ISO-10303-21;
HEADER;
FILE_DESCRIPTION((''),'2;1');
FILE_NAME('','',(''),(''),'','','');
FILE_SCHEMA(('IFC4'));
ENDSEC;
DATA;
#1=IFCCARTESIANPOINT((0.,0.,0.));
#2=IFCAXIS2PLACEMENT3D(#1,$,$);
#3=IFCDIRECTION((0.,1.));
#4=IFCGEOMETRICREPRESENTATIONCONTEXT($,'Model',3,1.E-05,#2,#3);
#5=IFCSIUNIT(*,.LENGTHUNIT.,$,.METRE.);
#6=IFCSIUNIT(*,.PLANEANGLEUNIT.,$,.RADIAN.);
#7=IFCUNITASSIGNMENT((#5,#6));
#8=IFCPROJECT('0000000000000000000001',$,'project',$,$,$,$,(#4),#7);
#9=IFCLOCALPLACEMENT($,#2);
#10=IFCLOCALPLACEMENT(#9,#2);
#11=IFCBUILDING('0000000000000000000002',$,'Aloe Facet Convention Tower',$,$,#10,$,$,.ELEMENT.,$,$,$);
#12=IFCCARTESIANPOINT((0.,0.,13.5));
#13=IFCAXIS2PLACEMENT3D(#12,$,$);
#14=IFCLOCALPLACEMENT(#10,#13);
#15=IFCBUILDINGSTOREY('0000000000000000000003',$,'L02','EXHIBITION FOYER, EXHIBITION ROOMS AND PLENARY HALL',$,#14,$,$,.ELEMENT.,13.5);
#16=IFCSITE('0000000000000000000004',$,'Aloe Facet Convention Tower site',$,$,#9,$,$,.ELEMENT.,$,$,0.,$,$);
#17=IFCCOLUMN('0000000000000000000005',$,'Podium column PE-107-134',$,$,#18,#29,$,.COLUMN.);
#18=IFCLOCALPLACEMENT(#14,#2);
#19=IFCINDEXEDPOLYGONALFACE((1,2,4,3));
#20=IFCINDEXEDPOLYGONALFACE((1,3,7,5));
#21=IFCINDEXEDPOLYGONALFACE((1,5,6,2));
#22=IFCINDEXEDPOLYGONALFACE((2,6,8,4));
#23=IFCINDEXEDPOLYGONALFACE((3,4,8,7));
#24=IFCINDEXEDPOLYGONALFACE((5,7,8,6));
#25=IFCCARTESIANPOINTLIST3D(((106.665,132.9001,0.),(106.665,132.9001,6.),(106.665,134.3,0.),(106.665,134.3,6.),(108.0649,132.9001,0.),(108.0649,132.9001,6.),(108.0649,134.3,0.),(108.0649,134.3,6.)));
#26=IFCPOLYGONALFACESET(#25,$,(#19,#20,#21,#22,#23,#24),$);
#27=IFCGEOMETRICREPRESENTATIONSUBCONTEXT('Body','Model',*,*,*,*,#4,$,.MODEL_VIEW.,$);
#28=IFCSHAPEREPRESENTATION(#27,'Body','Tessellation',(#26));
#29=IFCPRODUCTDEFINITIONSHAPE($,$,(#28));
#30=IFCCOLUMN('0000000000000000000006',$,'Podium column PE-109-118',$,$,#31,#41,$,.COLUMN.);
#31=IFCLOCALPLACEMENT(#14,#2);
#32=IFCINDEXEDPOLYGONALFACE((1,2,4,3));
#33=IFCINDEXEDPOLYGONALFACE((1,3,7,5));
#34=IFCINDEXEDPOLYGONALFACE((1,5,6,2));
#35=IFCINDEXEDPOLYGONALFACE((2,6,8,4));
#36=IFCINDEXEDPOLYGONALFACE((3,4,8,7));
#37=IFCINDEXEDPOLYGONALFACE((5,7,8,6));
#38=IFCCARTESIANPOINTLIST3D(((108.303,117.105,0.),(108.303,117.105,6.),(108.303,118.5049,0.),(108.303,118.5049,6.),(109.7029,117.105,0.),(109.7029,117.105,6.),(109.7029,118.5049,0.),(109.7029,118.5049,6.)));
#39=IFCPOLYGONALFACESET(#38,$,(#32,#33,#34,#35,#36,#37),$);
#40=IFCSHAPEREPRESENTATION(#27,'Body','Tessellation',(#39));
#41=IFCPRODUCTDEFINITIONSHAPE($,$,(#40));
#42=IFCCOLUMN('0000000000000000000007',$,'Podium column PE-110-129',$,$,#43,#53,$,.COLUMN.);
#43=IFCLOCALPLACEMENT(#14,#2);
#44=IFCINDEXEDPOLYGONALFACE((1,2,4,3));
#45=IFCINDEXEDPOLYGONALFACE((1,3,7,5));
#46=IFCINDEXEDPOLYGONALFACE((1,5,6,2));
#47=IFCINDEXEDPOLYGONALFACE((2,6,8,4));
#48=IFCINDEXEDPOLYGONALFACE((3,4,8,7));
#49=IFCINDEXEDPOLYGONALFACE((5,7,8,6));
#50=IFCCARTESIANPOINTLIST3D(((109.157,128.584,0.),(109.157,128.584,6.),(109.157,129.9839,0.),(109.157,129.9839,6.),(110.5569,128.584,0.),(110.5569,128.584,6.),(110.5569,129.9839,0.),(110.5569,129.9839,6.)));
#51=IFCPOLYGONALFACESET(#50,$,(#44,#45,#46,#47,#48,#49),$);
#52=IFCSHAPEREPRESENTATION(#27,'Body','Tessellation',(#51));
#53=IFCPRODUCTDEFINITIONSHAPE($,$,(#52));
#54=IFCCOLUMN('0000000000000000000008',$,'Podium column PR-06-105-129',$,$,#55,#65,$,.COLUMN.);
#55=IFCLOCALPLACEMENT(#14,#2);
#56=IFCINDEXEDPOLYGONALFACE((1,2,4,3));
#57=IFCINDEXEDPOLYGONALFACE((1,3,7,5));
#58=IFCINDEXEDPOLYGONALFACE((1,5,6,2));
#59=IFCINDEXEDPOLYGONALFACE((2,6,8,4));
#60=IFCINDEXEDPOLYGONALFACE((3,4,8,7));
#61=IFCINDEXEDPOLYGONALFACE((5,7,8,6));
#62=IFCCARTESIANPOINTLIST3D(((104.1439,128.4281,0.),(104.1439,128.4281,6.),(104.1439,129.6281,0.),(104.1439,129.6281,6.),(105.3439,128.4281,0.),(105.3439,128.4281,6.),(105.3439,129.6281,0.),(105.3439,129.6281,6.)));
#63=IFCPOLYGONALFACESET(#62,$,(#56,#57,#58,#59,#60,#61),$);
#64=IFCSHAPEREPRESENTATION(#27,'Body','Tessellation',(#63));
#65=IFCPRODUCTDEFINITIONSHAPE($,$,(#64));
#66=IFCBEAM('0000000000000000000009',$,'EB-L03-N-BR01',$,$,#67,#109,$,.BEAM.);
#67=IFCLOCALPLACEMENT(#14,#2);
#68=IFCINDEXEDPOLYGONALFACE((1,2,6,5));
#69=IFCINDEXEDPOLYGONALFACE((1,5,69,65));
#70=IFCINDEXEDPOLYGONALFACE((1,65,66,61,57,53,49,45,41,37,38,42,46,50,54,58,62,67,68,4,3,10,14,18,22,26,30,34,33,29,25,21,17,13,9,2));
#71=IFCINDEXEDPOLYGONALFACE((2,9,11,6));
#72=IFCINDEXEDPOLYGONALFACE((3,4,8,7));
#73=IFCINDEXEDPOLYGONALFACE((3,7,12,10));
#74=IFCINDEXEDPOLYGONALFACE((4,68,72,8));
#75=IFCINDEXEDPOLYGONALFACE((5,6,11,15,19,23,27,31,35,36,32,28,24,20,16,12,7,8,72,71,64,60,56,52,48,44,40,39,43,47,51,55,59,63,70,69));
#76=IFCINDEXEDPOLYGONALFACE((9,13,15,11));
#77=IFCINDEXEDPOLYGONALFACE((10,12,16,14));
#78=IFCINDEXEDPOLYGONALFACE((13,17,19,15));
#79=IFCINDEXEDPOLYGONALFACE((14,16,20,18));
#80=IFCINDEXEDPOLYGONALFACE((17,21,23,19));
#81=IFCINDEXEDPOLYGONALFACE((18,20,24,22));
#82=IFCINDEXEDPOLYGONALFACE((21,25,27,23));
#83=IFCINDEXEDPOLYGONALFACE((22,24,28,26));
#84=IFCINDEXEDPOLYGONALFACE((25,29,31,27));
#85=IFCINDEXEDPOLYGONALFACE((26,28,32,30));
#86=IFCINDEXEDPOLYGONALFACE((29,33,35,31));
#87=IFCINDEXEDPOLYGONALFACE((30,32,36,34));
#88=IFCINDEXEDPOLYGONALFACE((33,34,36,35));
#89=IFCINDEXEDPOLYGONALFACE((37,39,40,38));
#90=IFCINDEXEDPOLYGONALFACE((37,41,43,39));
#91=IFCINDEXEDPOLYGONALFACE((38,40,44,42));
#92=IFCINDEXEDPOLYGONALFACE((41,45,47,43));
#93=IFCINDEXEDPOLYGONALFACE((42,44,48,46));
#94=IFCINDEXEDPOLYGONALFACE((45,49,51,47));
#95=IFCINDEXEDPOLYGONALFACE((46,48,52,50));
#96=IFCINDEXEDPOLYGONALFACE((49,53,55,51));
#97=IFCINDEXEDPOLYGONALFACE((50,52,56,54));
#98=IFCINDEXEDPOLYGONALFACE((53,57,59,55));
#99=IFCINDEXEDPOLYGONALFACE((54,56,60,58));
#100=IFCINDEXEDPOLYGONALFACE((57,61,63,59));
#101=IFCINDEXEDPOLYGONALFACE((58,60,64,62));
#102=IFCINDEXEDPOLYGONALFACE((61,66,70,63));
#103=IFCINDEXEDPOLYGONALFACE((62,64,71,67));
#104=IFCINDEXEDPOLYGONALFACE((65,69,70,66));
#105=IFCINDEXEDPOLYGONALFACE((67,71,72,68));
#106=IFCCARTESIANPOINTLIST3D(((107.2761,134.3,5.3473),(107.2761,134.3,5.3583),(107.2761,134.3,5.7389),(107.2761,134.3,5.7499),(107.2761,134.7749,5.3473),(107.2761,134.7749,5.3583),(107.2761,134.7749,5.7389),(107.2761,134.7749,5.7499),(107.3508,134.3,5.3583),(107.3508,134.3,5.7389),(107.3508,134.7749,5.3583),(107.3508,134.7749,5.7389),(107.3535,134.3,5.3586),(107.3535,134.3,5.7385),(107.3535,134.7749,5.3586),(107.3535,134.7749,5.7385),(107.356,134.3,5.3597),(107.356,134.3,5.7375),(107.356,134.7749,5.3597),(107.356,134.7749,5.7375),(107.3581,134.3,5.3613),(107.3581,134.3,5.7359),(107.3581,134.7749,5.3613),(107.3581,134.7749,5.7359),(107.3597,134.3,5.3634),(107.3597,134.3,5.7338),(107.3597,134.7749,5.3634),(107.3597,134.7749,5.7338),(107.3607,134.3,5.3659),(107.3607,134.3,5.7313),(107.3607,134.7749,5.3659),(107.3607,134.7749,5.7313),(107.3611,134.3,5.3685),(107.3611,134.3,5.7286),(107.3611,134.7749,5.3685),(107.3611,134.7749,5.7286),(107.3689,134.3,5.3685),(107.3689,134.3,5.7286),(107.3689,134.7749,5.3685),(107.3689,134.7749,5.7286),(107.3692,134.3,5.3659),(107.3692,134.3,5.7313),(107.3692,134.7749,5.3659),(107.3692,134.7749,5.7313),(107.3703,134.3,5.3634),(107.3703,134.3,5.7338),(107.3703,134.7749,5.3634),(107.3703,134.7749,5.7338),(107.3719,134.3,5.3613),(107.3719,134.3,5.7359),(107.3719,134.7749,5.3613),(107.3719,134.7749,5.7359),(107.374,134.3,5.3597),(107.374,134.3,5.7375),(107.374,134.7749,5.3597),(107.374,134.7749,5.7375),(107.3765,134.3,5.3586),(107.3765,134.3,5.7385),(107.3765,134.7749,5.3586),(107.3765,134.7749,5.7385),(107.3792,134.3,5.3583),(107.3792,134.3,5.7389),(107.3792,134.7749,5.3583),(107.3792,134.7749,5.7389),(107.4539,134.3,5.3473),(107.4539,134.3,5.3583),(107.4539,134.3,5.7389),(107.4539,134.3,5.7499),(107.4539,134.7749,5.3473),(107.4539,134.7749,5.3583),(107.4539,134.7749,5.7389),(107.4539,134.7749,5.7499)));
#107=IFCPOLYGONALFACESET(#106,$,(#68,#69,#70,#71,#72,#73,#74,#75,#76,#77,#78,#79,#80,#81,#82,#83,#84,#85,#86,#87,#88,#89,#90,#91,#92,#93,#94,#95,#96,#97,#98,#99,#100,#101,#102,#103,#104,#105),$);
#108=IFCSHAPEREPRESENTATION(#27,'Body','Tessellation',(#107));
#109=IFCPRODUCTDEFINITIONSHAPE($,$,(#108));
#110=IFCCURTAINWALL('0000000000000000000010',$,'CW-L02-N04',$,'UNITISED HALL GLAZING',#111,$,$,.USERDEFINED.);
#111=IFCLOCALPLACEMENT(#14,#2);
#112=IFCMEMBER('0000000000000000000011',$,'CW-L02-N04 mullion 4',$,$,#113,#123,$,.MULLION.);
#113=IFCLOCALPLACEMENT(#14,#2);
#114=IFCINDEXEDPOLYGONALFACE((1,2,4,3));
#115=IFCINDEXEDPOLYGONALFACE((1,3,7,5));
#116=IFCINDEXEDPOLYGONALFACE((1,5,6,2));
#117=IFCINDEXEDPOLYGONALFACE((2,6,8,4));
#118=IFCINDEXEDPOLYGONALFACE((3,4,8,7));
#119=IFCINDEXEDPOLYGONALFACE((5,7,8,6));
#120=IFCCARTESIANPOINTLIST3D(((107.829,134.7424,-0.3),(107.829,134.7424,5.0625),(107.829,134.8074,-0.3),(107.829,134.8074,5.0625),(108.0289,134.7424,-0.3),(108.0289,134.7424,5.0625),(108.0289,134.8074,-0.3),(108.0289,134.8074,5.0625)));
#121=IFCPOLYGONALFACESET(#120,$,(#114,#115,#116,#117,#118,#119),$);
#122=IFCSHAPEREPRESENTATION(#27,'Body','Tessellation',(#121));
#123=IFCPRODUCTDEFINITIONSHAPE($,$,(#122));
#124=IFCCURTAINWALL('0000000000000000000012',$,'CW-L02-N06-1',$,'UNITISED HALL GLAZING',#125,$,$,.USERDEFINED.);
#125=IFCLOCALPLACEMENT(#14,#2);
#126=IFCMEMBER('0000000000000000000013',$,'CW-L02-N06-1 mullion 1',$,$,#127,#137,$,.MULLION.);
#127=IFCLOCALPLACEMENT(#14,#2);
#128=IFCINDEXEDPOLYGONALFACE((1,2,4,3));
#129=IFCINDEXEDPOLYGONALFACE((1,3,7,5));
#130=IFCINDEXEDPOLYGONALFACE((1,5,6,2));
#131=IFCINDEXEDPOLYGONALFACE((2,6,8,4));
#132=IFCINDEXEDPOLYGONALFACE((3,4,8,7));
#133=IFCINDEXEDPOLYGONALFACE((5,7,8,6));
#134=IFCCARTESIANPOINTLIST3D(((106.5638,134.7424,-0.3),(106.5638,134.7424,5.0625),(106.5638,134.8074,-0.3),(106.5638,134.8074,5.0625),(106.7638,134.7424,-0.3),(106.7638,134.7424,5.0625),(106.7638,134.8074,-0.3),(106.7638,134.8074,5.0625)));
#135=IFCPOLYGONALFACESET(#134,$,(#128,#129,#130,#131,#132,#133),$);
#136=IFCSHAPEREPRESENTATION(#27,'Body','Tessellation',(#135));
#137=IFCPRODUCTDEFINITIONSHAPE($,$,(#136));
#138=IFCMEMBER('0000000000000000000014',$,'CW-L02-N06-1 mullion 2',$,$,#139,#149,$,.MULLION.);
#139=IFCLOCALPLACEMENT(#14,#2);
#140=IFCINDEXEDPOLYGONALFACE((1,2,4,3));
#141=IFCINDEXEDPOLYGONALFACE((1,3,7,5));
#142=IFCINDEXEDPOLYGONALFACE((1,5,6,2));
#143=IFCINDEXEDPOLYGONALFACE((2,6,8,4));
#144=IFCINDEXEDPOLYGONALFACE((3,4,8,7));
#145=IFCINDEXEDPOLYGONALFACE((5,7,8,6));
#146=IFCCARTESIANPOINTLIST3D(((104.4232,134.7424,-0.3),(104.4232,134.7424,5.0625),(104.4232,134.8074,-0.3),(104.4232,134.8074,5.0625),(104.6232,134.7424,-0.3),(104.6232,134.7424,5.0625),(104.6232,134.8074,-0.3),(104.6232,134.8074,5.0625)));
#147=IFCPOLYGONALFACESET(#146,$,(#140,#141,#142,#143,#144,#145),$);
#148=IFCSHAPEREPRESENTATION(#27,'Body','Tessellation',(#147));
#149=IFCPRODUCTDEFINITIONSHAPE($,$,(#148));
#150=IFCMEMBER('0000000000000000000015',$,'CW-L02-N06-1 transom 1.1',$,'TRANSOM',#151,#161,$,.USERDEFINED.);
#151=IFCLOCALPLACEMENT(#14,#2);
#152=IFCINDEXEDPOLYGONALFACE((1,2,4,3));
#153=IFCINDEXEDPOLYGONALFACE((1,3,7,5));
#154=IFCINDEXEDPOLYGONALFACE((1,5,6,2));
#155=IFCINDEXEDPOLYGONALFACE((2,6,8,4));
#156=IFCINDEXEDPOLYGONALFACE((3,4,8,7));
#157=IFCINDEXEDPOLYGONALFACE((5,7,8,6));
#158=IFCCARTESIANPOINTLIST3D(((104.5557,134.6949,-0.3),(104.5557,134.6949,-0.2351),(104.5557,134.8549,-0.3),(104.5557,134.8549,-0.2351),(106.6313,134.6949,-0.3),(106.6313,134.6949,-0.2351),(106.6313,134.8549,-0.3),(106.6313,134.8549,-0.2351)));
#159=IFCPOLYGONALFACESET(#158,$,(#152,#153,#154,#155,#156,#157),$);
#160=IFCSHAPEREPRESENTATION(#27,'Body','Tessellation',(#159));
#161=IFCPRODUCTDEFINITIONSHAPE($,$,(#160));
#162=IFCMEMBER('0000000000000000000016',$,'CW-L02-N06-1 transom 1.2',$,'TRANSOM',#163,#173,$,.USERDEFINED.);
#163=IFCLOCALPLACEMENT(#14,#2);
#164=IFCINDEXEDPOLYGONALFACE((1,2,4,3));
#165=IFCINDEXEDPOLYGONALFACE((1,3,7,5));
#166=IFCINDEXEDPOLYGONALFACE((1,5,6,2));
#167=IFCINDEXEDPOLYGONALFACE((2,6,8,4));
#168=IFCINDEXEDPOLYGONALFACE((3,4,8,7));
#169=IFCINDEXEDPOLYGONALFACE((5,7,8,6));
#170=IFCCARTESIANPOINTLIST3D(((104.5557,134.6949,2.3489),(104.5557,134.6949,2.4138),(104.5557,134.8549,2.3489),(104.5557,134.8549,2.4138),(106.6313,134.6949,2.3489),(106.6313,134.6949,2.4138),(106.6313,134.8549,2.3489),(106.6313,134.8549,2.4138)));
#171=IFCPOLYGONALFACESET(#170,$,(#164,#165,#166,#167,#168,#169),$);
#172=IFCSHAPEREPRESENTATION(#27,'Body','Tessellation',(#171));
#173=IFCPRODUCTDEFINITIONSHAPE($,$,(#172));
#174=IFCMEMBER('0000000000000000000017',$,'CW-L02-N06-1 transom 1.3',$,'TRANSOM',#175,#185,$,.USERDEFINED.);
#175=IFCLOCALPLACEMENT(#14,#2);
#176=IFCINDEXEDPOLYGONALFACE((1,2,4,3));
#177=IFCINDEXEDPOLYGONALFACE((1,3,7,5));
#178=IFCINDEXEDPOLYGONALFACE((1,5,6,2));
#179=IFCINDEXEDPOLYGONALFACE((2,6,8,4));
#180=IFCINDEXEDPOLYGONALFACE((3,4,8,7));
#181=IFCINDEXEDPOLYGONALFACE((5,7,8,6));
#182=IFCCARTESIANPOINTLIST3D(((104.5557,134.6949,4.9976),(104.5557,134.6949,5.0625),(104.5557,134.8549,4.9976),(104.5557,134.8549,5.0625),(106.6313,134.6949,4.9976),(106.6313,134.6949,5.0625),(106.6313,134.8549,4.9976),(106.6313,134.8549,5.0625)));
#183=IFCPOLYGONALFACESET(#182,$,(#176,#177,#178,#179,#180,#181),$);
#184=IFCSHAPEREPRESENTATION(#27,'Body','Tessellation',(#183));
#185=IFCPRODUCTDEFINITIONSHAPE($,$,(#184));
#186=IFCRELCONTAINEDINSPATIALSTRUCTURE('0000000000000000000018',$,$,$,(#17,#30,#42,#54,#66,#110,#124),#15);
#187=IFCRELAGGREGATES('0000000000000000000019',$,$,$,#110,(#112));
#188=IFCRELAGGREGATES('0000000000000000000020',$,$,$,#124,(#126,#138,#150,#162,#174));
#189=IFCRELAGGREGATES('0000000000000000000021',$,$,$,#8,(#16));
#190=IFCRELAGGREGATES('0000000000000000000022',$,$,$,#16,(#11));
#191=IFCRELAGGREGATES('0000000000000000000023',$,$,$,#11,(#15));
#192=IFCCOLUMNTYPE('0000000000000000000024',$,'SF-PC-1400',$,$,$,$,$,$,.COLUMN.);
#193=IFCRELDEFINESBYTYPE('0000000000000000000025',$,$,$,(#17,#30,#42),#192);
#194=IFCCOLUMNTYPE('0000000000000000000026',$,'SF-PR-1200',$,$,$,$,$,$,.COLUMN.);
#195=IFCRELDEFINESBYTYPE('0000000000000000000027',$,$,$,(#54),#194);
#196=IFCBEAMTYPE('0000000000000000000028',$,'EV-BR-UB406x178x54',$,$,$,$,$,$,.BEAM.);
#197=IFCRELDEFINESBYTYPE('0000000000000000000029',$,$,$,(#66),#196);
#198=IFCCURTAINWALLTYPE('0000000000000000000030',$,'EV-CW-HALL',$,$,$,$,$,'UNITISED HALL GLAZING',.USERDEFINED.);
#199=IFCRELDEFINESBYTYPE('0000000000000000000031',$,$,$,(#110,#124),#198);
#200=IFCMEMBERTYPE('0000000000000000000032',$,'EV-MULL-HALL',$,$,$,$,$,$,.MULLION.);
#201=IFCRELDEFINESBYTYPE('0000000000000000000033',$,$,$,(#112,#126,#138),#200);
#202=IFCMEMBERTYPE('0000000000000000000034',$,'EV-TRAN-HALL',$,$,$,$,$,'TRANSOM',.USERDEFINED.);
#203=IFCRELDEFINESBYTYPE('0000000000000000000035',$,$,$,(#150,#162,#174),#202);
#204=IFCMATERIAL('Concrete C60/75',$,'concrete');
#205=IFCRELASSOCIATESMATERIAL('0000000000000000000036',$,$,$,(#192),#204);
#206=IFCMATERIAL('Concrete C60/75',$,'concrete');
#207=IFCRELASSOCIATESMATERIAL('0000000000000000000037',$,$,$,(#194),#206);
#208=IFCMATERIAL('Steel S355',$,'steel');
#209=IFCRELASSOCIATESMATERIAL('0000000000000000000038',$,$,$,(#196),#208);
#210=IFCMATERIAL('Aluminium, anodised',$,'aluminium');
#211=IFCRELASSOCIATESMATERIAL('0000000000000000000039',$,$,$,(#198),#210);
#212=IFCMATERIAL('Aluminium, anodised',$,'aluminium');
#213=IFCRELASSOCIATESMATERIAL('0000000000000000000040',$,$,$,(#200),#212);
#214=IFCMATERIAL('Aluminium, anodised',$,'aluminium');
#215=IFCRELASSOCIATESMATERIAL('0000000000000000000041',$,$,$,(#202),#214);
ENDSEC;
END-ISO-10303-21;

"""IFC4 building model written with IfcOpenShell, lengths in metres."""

from ifc_helpers import new_model, si_unit, direction, frame, origin, origin_2d, place, context, subcontext, project, spatial, rectangle, i_section, extrude, material, material_profile, profile_set, type_object, element, aggregate, save


model = new_model("IFC4")

# Units and contexts
model_context = context("Model", 3, precision=1e-05, world=origin(), true_north=direction((0.0, 1.0)))
body_context = subcontext(model_context, "Body", "Model", "MODEL_VIEW")
ifc_project = project(units=[si_unit("LENGTHUNIT", "METRE"), si_unit("PLANEANGLEUNIT", "RADIAN")], contexts=[model_context])

# Site, building, storey
site_placement = place(None, origin())
site = spatial("IfcSite", under=ifc_project, at=site_placement, Name="Aloe Facet Convention Tower site", CompositionType="ELEMENT", RefElevation=0.0)
building_placement = place(site_placement, origin())
building = spatial("IfcBuilding", under=site, at=building_placement, Name="Aloe Facet Convention Tower", CompositionType="ELEMENT")
storey_placement = place(building_placement, frame((0.0, 0.0, 13.5)))
storey = spatial("IfcBuildingStorey", under=building, at=storey_placement, Name="L02", Description="EXHIBITION FOYER, EXHIBITION ROOMS AND PLENARY HALL", CompositionType="ELEMENT", Elevation=13.5)

# Columns
ifc_material_1 = material(Name="Concrete C60/75", Category="concrete")
ifc_material_profile_1 = material_profile(ifc_material_1, rectangle(XDim=1.3999, YDim=1.3999, at=origin_2d()), Name="SF-PC-1400")
ifc_profile_set_1 = profile_set([ifc_material_profile_1], Name="Concrete C60/75")
column_type_1 = type_object("IfcColumnType", Name="SF-PC-1400", PredefinedType="COLUMN", material=ifc_profile_set_1)
for number, where, z_axis, x_axis, name in (
    (1, (107.365, 133.6001, 0.0), (0.0, 0.0, 1.0), (1.0, 0.0, 0.0), "Podium column PE-107-134"),
    (2, (109.0029, 117.8049, 0.0), (0.0, 0.0, 1.0), (1.0, 0.0, 0.0), "Podium column PE-109-118"),
    (3, (109.8569, 129.2839, 0.0), (0.0, 0.0, 1.0), (1.0, 0.0, 0.0), "Podium column PE-110-129"),
):
    element("IfcColumn", number, at=place(storey_placement, frame(where, z_axis=z_axis, x_axis=x_axis)), inside=storey, type_object=column_type_1, Name=name, PredefinedType="COLUMN", context=body_context, shape_type="SweptSolid", body=[
        extrude(rectangle(XDim=1.3999, YDim=1.3999, at=origin_2d()), origin(), (0.0, 0.0, 1.0), 6.0),
    ])
ifc_material_2 = material(Name="Concrete C60/75", Category="concrete")
ifc_material_profile_2 = material_profile(ifc_material_2, rectangle(XDim=1.2, YDim=1.2, at=origin_2d()), Name="SF-PR-1200")
ifc_profile_set_2 = profile_set([ifc_material_profile_2], Name="Concrete C60/75")
column_type_2 = type_object("IfcColumnType", Name="SF-PR-1200", PredefinedType="COLUMN", material=ifc_profile_set_2)
column_placement = place(storey_placement, frame((104.7439, 129.0281, 0.0), z_axis=(0.0, 0.0, 1.0), x_axis=(1.0, 0.0, 0.0)))
element("IfcColumn", 4, at=column_placement, inside=storey, type_object=column_type_2, Name="Podium column PR-06-105-129", PredefinedType="COLUMN", context=body_context, shape_type="SweptSolid", body=[
    extrude(rectangle(XDim=1.2, YDim=1.2, at=origin_2d()), origin(), (0.0, 0.0, 1.0), 6.0),
])

# Beam
ifc_material_3 = material(Name="Steel S355", Category="steel")
ifc_material_profile_3 = material_profile(ifc_material_3, i_section(OverallWidth=0.1777, OverallDepth=0.4026, WebThickness=0.0078, FlangeThickness=0.011, FilletRadius=0.0103, at=origin_2d()), Name="UB 406x178x54")
ifc_profile_set_3 = profile_set([ifc_material_profile_3], Name="Steel S355")
beam_type_1 = type_object("IfcBeamType", Name="EV-BR-UB406x178x54", PredefinedType="BEAM", material=ifc_profile_set_3)
beam_1_placement = place(storey_placement, frame((107.365, 134.3, 5.5486), z_axis=(0.0, 1.0, 0.0), x_axis=(-1.0, 0.0, 0.0)))
element("IfcBeam", 5, at=beam_1_placement, inside=storey, type_object=beam_type_1, Name="EB-L03-N-BR01", PredefinedType="BEAM", context=body_context, shape_type="SweptSolid", body=[
    extrude(i_section(OverallWidth=0.1777, OverallDepth=0.4026, WebThickness=0.0078, FlangeThickness=0.011, FilletRadius=0.0103, at=origin_2d()), origin(), (0.0, 0.0, 1.0), 0.4749),
])

# Curtain wall, member
ifc_material_4 = material(Name="Aluminium, anodised", Category="aluminium")
curtain_wall_type = type_object("IfcCurtainWallType", Name="EV-CW-HALL", ElementType="UNITISED HALL GLAZING", PredefinedType="USERDEFINED", material=ifc_material_4)
curtain_wall_1_placement = place(storey_placement, origin())
curtain_wall_1 = element("IfcCurtainWall", 6, at=curtain_wall_1_placement, inside=storey, type_object=curtain_wall_type, Name="CW-L02-N04", ObjectType="UNITISED HALL GLAZING", PredefinedType="USERDEFINED")
ifc_material_5 = material(Name="Aluminium, anodised", Category="aluminium")
ifc_material_profile_4 = material_profile(ifc_material_5, rectangle(XDim=0.0649, YDim=0.2, at=origin_2d()), Name="AL 65x200")
ifc_profile_set_4 = profile_set([ifc_material_profile_4], Name="Aluminium, anodised")
member_type_1 = type_object("IfcMemberType", Name="EV-MULL-HALL", PredefinedType="MULLION", material=ifc_profile_set_4)
member_1_placement = place(storey_placement, frame((107.929, 134.7749, -0.3), z_axis=(0.0, 0.0, 1.0), x_axis=(0.0, -1.0, 0.0)))
member_1 = element("IfcMember", 7, at=member_1_placement, type_object=member_type_1, Name="CW-L02-N04 mullion 4", PredefinedType="MULLION", context=body_context, shape_type="SweptSolid", body=[
    extrude(rectangle(XDim=0.0649, YDim=0.2, at=origin_2d()), origin(), (0.0, 0.0, 1.0), 5.3625),
])

# Curtain wall, members
curtain_wall_2_placement = place(storey_placement, origin())
curtain_wall_2 = element("IfcCurtainWall", 8, at=curtain_wall_2_placement, inside=storey, type_object=curtain_wall_type, Name="CW-L02-N06-1", ObjectType="UNITISED HALL GLAZING", PredefinedType="USERDEFINED")
member_2_placement = place(storey_placement, frame((106.6638, 134.7749, -0.3), z_axis=(0.0, 0.0, 1.0), x_axis=(0.0, -1.0, 0.0)))
member_2 = element("IfcMember", 9, at=member_2_placement, type_object=member_type_1, Name="CW-L02-N06-1 mullion 1", PredefinedType="MULLION", context=body_context, shape_type="SweptSolid", body=[
    extrude(rectangle(XDim=0.0649, YDim=0.2, at=origin_2d()), origin(), (0.0, 0.0, 1.0), 5.3625),
])
member_3_placement = place(storey_placement, frame((104.5232, 134.7749, -0.3), z_axis=(0.0, 0.0, 1.0), x_axis=(0.0, -1.0, 0.0)))
member_3 = element("IfcMember", 10, at=member_3_placement, type_object=member_type_1, Name="CW-L02-N06-1 mullion 2", PredefinedType="MULLION", context=body_context, shape_type="SweptSolid", body=[
    extrude(rectangle(XDim=0.0649, YDim=0.2, at=origin_2d()), origin(), (0.0, 0.0, 1.0), 5.3625),
])
ifc_material_6 = material(Name="Aluminium, anodised", Category="aluminium")
ifc_material_profile_5 = material_profile(ifc_material_6, rectangle(XDim=0.1599, YDim=0.0649, at=origin_2d()), Name="AL 160x65")
ifc_profile_set_5 = profile_set([ifc_material_profile_5], Name="Aluminium, anodised")
member_type_2 = type_object("IfcMemberType", Name="EV-TRAN-HALL", ElementType="TRANSOM", PredefinedType="USERDEFINED", material=ifc_profile_set_5)
member_4_placement = place(storey_placement, frame((106.6313, 134.7749, -0.2676), z_axis=(-1.0, 0.0, 0.0), x_axis=(0.0, -1.0, 0.0)))
member_4 = element("IfcMember", 11, at=member_4_placement, type_object=member_type_2, Name="CW-L02-N06-1 transom 1.1", ObjectType="TRANSOM", PredefinedType="USERDEFINED", context=body_context, shape_type="SweptSolid", body=[
    extrude(rectangle(XDim=0.1599, YDim=0.0649, at=origin_2d()), origin(), (0.0, 0.0, 1.0), 2.0757),
])
member_5_placement = place(storey_placement, frame((106.6313, 134.7749, 2.3813), z_axis=(-1.0, 0.0, 0.0), x_axis=(0.0, -1.0, 0.0)))
member_5 = element("IfcMember", 12, at=member_5_placement, type_object=member_type_2, Name="CW-L02-N06-1 transom 1.2", ObjectType="TRANSOM", PredefinedType="USERDEFINED", context=body_context, shape_type="SweptSolid", body=[
    extrude(rectangle(XDim=0.1599, YDim=0.0649, at=origin_2d()), origin(), (0.0, 0.0, 1.0), 2.0757),
])
member_6_placement = place(storey_placement, frame((106.6313, 134.7749, 5.03), z_axis=(-1.0, 0.0, 0.0), x_axis=(0.0, -1.0, 0.0)))
member_6 = element("IfcMember", 13, at=member_6_placement, type_object=member_type_2, Name="CW-L02-N06-1 transom 1.3", ObjectType="TRANSOM", PredefinedType="USERDEFINED", context=body_context, shape_type="SweptSolid", body=[
    extrude(rectangle(XDim=0.1599, YDim=0.0649, at=origin_2d()), origin(), (0.0, 0.0, 1.0), 2.0757),
])

aggregate(curtain_wall_1, [member_1])
aggregate(curtain_wall_2, [member_2, member_3, member_4, member_5, member_6])

save(model, "model.ifc")
